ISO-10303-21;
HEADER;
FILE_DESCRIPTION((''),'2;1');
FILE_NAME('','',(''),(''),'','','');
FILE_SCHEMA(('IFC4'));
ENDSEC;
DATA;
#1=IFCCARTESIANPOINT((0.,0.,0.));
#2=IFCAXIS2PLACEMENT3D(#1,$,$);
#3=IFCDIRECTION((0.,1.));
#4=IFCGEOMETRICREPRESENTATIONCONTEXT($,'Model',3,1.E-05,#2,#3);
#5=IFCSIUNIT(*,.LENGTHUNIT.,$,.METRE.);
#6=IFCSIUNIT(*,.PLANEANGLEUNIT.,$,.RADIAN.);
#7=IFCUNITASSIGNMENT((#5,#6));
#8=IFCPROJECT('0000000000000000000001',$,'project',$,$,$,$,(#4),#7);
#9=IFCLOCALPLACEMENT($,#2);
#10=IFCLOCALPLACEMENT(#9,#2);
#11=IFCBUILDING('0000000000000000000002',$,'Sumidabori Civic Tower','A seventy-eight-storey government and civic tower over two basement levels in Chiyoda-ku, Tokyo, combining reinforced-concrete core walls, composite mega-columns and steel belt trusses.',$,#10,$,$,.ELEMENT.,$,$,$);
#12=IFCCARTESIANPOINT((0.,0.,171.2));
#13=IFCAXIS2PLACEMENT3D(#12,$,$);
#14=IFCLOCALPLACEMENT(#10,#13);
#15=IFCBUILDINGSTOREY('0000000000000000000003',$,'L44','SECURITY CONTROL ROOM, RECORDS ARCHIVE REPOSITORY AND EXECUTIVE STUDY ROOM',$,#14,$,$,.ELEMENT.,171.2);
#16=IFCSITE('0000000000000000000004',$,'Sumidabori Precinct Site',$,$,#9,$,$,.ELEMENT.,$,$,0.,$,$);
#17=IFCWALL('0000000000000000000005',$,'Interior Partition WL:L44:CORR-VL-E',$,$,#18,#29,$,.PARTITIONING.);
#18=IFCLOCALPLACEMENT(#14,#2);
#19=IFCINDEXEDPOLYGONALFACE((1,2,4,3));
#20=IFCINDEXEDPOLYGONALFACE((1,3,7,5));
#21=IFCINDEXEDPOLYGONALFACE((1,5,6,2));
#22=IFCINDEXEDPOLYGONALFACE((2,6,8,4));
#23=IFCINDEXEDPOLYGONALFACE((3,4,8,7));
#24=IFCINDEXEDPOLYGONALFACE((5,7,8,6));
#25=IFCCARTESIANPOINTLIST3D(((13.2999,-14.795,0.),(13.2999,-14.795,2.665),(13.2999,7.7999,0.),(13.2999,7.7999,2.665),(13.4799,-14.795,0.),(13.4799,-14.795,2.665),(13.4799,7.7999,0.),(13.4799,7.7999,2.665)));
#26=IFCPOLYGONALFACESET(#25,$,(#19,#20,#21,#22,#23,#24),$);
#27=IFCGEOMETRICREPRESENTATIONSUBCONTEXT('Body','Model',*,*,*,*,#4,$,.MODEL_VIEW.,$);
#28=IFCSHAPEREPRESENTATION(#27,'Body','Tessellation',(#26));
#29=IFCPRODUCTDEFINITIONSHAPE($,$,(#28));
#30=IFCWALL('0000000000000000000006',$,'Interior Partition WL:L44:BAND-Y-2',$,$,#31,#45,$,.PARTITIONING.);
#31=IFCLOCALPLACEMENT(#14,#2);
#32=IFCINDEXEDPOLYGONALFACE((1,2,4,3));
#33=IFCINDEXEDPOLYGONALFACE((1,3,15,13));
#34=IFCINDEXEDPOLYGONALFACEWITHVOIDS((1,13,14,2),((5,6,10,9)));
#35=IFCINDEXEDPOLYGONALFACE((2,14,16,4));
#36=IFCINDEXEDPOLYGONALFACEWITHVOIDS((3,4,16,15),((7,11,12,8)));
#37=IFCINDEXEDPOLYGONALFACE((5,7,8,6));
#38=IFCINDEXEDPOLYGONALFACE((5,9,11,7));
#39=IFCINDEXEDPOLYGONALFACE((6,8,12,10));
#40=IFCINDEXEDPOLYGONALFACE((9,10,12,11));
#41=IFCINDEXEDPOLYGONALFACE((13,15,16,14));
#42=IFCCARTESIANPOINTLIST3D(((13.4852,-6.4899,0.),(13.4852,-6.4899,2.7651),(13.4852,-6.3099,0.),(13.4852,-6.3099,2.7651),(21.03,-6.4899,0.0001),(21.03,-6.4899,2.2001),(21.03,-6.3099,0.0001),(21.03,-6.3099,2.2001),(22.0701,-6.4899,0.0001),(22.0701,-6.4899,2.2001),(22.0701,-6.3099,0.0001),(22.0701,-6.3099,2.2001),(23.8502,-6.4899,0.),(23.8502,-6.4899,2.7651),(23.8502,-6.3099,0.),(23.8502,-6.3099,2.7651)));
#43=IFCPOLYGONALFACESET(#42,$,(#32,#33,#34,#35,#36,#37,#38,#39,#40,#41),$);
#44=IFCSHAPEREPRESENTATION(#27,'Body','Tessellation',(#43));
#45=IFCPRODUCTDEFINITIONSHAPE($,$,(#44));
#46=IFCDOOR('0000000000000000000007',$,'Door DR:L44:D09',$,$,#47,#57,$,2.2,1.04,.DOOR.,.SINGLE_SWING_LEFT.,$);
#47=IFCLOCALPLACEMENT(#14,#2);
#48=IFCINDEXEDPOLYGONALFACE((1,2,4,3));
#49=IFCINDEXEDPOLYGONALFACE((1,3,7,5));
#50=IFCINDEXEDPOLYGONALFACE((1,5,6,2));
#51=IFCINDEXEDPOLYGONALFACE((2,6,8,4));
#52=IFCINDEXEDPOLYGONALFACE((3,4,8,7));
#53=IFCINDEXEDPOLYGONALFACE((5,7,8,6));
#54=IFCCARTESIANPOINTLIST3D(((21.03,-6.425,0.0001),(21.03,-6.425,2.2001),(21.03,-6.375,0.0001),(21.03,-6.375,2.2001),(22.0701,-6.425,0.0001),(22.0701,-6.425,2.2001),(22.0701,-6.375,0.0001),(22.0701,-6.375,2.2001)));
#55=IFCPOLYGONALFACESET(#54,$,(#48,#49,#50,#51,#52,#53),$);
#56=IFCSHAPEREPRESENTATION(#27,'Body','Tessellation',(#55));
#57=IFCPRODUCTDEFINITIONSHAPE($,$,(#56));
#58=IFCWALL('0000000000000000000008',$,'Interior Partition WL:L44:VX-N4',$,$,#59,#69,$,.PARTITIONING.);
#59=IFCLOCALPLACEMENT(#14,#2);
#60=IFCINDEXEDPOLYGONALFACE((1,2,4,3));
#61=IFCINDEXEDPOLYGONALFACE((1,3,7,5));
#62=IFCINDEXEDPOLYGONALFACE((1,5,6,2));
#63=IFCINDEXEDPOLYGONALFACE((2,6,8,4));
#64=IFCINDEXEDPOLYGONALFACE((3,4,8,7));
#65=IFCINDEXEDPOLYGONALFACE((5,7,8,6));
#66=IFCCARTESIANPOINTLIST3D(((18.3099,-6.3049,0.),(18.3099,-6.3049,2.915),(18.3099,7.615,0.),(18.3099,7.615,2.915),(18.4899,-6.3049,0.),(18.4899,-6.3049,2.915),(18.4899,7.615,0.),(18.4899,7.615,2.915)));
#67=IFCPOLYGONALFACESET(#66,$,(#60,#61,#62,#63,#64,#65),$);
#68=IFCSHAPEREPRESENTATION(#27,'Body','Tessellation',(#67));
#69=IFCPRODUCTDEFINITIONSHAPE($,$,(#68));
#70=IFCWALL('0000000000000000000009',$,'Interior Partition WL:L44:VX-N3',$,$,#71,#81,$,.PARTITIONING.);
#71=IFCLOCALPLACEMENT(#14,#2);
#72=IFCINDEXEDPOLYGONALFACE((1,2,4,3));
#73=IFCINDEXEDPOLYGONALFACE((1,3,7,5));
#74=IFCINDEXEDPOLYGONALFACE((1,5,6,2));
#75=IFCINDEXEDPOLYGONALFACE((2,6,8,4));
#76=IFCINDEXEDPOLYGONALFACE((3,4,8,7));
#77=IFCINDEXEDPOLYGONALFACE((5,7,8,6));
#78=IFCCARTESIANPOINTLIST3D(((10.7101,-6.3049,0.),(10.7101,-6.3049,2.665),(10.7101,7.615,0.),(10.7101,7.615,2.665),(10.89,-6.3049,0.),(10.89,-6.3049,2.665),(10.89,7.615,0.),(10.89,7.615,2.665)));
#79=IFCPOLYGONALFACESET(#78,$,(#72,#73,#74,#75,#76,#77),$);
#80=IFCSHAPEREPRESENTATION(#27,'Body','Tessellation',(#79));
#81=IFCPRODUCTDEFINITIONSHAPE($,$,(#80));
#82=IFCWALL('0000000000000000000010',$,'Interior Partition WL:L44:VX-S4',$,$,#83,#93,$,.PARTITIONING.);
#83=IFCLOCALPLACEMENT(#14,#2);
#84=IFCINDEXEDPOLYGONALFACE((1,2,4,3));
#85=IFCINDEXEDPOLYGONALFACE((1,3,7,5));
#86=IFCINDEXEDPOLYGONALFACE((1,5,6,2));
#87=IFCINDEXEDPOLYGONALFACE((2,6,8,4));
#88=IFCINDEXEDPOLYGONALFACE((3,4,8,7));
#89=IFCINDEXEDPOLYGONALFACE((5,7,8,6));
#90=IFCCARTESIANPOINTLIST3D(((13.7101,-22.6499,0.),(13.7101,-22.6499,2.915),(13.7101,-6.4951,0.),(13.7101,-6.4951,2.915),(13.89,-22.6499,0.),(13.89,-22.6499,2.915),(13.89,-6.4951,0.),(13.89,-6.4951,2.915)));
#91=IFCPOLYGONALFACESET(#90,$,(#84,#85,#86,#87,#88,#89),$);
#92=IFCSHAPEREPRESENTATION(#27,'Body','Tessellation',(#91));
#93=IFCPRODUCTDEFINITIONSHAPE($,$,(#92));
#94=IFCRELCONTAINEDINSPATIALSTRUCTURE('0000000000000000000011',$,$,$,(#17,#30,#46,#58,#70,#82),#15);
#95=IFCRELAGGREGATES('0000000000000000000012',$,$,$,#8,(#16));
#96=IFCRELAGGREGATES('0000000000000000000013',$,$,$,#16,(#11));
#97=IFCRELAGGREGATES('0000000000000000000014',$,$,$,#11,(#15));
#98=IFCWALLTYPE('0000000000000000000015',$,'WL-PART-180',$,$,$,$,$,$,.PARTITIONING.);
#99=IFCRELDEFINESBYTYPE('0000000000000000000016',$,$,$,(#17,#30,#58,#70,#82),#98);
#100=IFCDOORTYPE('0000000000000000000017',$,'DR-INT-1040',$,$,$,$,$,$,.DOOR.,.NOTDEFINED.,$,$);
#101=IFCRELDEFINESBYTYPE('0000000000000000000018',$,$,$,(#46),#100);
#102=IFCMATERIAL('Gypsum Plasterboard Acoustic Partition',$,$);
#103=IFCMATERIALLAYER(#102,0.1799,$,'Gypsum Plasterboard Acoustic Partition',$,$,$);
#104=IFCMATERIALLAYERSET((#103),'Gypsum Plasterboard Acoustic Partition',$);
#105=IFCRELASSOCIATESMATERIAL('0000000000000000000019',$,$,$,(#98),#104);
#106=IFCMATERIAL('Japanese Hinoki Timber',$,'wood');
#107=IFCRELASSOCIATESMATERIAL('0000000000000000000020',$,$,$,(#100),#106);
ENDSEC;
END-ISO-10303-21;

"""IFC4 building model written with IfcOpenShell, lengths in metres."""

from ifc_helpers import new_model, si_unit, direction, frame, frame_2d, origin, place, context, subcontext, project, spatial, rectangle, extrude, source, transform, mapped, material, layer, layer_set, type_object, element, fill, save


model = new_model("IFC4")

# Units and contexts
model_context = context("Model", 3, precision=1e-05, world=origin(), true_north=direction((0.0, 1.0)))
body_context = subcontext(model_context, "Body", "Model", "MODEL_VIEW")
ifc_project = project(units=[si_unit("LENGTHUNIT", "METRE"), si_unit("PLANEANGLEUNIT", "RADIAN")], contexts=[model_context])

# Site, building, storey
site_placement = place(None, origin())
site = spatial("IfcSite", under=ifc_project, at=site_placement, Name="Sumidabori Precinct Site", CompositionType="ELEMENT", RefElevation=0.0)
building_placement = place(site_placement, origin())
building = spatial("IfcBuilding", under=site, at=building_placement, Name="Sumidabori Civic Tower", Description="A seventy-eight-storey government and civic tower over two basement levels in Chiyoda-ku, Tokyo, combining reinforced-concrete core walls, composite mega-columns and steel belt trusses.", CompositionType="ELEMENT")
storey_placement = place(building_placement, frame((0.0, 0.0, 171.2)))
storey = spatial("IfcBuildingStorey", under=building, at=storey_placement, Name="L44", Description="SECURITY CONTROL ROOM, RECORDS ARCHIVE REPOSITORY AND EXECUTIVE STUDY ROOM", CompositionType="ELEMENT", Elevation=171.2)

# Shared definitions
ifc_material_1 = material(Name="Gypsum Plasterboard Acoustic Partition")
ifc_layer_1 = layer(ifc_material_1, 0.1799, Name="Gypsum Plasterboard Acoustic Partition")
ifc_layer_set_1 = layer_set([ifc_layer_1], Name="Gypsum Plasterboard Acoustic Partition")
wall_type_1 = type_object("IfcWallType", Name="WL-PART-180", PredefinedType="PARTITIONING", material=ifc_layer_set_1)
ifc_material_2 = material(Name="Japanese Hinoki Timber", Category="wood")
door_type = type_object("IfcDoorType", Name="DR-INT-1040", OperationType="NOTDEFINED", PredefinedType="DOOR", material=ifc_material_2)
shared_shape_1 = source(origin(), body_context, "Body", "SweptSolid", [
    extrude(rectangle(XDim=1.04, YDim=2.2, at=frame_2d((0.52, 1.1001))), frame((0.0, 0.0249, 0.0), z_axis=(0.0, -1.0, 0.0), x_axis=(1.0, 0.0, 0.0)), (0.0, 0.0, 1.0), 0.05),
])

# Wall
shared_shape_2 = source(origin(), body_context, "Body", "SweptSolid", [
    extrude(rectangle(XDim=22.595, YDim=0.1799, at=frame_2d((11.2974, 0.0))), origin(), (0.0, 0.0, 1.0), 2.665),
])
for number, where, z_axis, x_axis, name in (
    (1, (13.3899, -14.7949, 0.0), (0.0, 0.0, 1.0), (0.0, 1.0, 0.0), "Interior Partition WL:L44:CORR-VL-E"),
):
    element("IfcWall", number, at=place(storey_placement, frame(where, z_axis=z_axis, x_axis=x_axis)), inside=storey, type_object=wall_type_1, Name=name, PredefinedType="PARTITIONING", context=body_context, shape_type="MappedRepresentation", body=[
        mapped(shared_shape_2, transform((0.0, 0.0, 0.0), x_axis=(1.0, 0.0, 0.0), y_axis=(0.0, 1.0, 0.0), z_axis=(0.0, 0.0, 1.0), scale=1.0)),
    ])

# Wall, opening, door
shared_shape_3 = source(origin(), body_context, "Body", "SweptSolid", [
    extrude(rectangle(XDim=10.365, YDim=0.1799, at=frame_2d((5.1826, 0.0))), origin(), (0.0, 0.0, 1.0), 2.7651),
])
wall_1_placement = place(storey_placement, frame((13.4851, -6.3999, 0.0), z_axis=(0.0, 0.0, 1.0), x_axis=(1.0, 0.0, 0.0)))
wall_1 = element("IfcWall", 2, at=wall_1_placement, inside=storey, type_object=wall_type_1, Name="Interior Partition WL:L44:BAND-Y-2", PredefinedType="PARTITIONING", context=body_context, shape_type="MappedRepresentation", body=[
    mapped(shared_shape_3, transform((0.0, 0.0, 0.0), x_axis=(1.0, 0.0, 0.0), y_axis=(0.0, 1.0, 0.0), z_axis=(0.0, 0.0, 1.0), scale=1.0)),
])
opening_1_placement = place(wall_1_placement, frame((7.5449, 0.0, 0.0)))
opening_1 = element("IfcOpeningElement", 3, at=opening_1_placement, cuts=wall_1, PredefinedType="OPENING", context=body_context, shape_type="SweptSolid", body=[
    extrude(rectangle(XDim=1.04, YDim=2.2, at=frame_2d((0.52, 1.1001))), frame((0.0, 0.1021, 0.0), z_axis=(0.0, -1.0, 0.0), x_axis=(1.0, 0.0, 0.0)), (0.0, 0.0, 1.0), 0.2039),
])
door_1_placement = place(opening_1_placement, origin())
door_1 = element("IfcDoor", 4, at=door_1_placement, inside=storey, type_object=door_type, Name="Door DR:L44:D09", OperationType="SINGLE_SWING_LEFT", OverallHeight=2.2, OverallWidth=1.04, PredefinedType="DOOR", context=body_context, shape_type="MappedRepresentation", body=[
    mapped(shared_shape_1, transform((0.0, 0.0, 0.0), x_axis=(1.0, 0.0, 0.0), y_axis=(0.0, 1.0, 0.0), z_axis=(0.0, 0.0, 1.0), scale=1.0)),
])
fill(opening_1, door_1)

# Walls
shared_shape_4 = source(origin(), body_context, "Body", "SweptSolid", [
    extrude(rectangle(XDim=13.9199, YDim=0.1799, at=frame_2d((6.96, 0.0))), origin(), (0.0, 0.0, 1.0), 2.915),
])
wall_2_placement = place(storey_placement, frame((18.3999, -6.3049, 0.0), z_axis=(0.0, 0.0, 1.0), x_axis=(0.0, 1.0, 0.0)))
element("IfcWall", 5, at=wall_2_placement, inside=storey, type_object=wall_type_1, Name="Interior Partition WL:L44:VX-N4", PredefinedType="PARTITIONING", context=body_context, shape_type="MappedRepresentation", body=[
    mapped(shared_shape_4, transform((0.0, 0.0, 0.0), x_axis=(1.0, 0.0, 0.0), y_axis=(0.0, 1.0, 0.0), z_axis=(0.0, 0.0, 1.0), scale=1.0)),
])
shared_shape_5 = source(origin(), body_context, "Body", "SweptSolid", [
    extrude(rectangle(XDim=13.9199, YDim=0.1799, at=frame_2d((6.96, 0.0))), origin(), (0.0, 0.0, 1.0), 2.665),
])
wall_3_placement = place(storey_placement, frame((10.8, -6.3049, 0.0), z_axis=(0.0, 0.0, 1.0), x_axis=(0.0, 1.0, 0.0)))
element("IfcWall", 6, at=wall_3_placement, inside=storey, type_object=wall_type_1, Name="Interior Partition WL:L44:VX-N3", PredefinedType="PARTITIONING", context=body_context, shape_type="MappedRepresentation", body=[
    mapped(shared_shape_5, transform((0.0, 0.0, 0.0), x_axis=(1.0, 0.0, 0.0), y_axis=(0.0, 1.0, 0.0), z_axis=(0.0, 0.0, 1.0), scale=1.0)),
])
shared_shape_6 = source(origin(), body_context, "Body", "SweptSolid", [
    extrude(rectangle(XDim=16.1548, YDim=0.1799, at=frame_2d((8.0774, 0.0))), origin(), (0.0, 0.0, 1.0), 2.915),
])
wall_4_placement = place(storey_placement, frame((13.8, -22.6499, 0.0), z_axis=(0.0, 0.0, 1.0), x_axis=(0.0, 1.0, 0.0)))
element("IfcWall", 7, at=wall_4_placement, inside=storey, type_object=wall_type_1, Name="Interior Partition WL:L44:VX-S4", PredefinedType="PARTITIONING", context=body_context, shape_type="MappedRepresentation", body=[
    mapped(shared_shape_6, transform((0.0, 0.0, 0.0), x_axis=(1.0, 0.0, 0.0), y_axis=(0.0, 1.0, 0.0), z_axis=(0.0, 0.0, 1.0), scale=1.0)),
])

save(model, "model.ifc")
